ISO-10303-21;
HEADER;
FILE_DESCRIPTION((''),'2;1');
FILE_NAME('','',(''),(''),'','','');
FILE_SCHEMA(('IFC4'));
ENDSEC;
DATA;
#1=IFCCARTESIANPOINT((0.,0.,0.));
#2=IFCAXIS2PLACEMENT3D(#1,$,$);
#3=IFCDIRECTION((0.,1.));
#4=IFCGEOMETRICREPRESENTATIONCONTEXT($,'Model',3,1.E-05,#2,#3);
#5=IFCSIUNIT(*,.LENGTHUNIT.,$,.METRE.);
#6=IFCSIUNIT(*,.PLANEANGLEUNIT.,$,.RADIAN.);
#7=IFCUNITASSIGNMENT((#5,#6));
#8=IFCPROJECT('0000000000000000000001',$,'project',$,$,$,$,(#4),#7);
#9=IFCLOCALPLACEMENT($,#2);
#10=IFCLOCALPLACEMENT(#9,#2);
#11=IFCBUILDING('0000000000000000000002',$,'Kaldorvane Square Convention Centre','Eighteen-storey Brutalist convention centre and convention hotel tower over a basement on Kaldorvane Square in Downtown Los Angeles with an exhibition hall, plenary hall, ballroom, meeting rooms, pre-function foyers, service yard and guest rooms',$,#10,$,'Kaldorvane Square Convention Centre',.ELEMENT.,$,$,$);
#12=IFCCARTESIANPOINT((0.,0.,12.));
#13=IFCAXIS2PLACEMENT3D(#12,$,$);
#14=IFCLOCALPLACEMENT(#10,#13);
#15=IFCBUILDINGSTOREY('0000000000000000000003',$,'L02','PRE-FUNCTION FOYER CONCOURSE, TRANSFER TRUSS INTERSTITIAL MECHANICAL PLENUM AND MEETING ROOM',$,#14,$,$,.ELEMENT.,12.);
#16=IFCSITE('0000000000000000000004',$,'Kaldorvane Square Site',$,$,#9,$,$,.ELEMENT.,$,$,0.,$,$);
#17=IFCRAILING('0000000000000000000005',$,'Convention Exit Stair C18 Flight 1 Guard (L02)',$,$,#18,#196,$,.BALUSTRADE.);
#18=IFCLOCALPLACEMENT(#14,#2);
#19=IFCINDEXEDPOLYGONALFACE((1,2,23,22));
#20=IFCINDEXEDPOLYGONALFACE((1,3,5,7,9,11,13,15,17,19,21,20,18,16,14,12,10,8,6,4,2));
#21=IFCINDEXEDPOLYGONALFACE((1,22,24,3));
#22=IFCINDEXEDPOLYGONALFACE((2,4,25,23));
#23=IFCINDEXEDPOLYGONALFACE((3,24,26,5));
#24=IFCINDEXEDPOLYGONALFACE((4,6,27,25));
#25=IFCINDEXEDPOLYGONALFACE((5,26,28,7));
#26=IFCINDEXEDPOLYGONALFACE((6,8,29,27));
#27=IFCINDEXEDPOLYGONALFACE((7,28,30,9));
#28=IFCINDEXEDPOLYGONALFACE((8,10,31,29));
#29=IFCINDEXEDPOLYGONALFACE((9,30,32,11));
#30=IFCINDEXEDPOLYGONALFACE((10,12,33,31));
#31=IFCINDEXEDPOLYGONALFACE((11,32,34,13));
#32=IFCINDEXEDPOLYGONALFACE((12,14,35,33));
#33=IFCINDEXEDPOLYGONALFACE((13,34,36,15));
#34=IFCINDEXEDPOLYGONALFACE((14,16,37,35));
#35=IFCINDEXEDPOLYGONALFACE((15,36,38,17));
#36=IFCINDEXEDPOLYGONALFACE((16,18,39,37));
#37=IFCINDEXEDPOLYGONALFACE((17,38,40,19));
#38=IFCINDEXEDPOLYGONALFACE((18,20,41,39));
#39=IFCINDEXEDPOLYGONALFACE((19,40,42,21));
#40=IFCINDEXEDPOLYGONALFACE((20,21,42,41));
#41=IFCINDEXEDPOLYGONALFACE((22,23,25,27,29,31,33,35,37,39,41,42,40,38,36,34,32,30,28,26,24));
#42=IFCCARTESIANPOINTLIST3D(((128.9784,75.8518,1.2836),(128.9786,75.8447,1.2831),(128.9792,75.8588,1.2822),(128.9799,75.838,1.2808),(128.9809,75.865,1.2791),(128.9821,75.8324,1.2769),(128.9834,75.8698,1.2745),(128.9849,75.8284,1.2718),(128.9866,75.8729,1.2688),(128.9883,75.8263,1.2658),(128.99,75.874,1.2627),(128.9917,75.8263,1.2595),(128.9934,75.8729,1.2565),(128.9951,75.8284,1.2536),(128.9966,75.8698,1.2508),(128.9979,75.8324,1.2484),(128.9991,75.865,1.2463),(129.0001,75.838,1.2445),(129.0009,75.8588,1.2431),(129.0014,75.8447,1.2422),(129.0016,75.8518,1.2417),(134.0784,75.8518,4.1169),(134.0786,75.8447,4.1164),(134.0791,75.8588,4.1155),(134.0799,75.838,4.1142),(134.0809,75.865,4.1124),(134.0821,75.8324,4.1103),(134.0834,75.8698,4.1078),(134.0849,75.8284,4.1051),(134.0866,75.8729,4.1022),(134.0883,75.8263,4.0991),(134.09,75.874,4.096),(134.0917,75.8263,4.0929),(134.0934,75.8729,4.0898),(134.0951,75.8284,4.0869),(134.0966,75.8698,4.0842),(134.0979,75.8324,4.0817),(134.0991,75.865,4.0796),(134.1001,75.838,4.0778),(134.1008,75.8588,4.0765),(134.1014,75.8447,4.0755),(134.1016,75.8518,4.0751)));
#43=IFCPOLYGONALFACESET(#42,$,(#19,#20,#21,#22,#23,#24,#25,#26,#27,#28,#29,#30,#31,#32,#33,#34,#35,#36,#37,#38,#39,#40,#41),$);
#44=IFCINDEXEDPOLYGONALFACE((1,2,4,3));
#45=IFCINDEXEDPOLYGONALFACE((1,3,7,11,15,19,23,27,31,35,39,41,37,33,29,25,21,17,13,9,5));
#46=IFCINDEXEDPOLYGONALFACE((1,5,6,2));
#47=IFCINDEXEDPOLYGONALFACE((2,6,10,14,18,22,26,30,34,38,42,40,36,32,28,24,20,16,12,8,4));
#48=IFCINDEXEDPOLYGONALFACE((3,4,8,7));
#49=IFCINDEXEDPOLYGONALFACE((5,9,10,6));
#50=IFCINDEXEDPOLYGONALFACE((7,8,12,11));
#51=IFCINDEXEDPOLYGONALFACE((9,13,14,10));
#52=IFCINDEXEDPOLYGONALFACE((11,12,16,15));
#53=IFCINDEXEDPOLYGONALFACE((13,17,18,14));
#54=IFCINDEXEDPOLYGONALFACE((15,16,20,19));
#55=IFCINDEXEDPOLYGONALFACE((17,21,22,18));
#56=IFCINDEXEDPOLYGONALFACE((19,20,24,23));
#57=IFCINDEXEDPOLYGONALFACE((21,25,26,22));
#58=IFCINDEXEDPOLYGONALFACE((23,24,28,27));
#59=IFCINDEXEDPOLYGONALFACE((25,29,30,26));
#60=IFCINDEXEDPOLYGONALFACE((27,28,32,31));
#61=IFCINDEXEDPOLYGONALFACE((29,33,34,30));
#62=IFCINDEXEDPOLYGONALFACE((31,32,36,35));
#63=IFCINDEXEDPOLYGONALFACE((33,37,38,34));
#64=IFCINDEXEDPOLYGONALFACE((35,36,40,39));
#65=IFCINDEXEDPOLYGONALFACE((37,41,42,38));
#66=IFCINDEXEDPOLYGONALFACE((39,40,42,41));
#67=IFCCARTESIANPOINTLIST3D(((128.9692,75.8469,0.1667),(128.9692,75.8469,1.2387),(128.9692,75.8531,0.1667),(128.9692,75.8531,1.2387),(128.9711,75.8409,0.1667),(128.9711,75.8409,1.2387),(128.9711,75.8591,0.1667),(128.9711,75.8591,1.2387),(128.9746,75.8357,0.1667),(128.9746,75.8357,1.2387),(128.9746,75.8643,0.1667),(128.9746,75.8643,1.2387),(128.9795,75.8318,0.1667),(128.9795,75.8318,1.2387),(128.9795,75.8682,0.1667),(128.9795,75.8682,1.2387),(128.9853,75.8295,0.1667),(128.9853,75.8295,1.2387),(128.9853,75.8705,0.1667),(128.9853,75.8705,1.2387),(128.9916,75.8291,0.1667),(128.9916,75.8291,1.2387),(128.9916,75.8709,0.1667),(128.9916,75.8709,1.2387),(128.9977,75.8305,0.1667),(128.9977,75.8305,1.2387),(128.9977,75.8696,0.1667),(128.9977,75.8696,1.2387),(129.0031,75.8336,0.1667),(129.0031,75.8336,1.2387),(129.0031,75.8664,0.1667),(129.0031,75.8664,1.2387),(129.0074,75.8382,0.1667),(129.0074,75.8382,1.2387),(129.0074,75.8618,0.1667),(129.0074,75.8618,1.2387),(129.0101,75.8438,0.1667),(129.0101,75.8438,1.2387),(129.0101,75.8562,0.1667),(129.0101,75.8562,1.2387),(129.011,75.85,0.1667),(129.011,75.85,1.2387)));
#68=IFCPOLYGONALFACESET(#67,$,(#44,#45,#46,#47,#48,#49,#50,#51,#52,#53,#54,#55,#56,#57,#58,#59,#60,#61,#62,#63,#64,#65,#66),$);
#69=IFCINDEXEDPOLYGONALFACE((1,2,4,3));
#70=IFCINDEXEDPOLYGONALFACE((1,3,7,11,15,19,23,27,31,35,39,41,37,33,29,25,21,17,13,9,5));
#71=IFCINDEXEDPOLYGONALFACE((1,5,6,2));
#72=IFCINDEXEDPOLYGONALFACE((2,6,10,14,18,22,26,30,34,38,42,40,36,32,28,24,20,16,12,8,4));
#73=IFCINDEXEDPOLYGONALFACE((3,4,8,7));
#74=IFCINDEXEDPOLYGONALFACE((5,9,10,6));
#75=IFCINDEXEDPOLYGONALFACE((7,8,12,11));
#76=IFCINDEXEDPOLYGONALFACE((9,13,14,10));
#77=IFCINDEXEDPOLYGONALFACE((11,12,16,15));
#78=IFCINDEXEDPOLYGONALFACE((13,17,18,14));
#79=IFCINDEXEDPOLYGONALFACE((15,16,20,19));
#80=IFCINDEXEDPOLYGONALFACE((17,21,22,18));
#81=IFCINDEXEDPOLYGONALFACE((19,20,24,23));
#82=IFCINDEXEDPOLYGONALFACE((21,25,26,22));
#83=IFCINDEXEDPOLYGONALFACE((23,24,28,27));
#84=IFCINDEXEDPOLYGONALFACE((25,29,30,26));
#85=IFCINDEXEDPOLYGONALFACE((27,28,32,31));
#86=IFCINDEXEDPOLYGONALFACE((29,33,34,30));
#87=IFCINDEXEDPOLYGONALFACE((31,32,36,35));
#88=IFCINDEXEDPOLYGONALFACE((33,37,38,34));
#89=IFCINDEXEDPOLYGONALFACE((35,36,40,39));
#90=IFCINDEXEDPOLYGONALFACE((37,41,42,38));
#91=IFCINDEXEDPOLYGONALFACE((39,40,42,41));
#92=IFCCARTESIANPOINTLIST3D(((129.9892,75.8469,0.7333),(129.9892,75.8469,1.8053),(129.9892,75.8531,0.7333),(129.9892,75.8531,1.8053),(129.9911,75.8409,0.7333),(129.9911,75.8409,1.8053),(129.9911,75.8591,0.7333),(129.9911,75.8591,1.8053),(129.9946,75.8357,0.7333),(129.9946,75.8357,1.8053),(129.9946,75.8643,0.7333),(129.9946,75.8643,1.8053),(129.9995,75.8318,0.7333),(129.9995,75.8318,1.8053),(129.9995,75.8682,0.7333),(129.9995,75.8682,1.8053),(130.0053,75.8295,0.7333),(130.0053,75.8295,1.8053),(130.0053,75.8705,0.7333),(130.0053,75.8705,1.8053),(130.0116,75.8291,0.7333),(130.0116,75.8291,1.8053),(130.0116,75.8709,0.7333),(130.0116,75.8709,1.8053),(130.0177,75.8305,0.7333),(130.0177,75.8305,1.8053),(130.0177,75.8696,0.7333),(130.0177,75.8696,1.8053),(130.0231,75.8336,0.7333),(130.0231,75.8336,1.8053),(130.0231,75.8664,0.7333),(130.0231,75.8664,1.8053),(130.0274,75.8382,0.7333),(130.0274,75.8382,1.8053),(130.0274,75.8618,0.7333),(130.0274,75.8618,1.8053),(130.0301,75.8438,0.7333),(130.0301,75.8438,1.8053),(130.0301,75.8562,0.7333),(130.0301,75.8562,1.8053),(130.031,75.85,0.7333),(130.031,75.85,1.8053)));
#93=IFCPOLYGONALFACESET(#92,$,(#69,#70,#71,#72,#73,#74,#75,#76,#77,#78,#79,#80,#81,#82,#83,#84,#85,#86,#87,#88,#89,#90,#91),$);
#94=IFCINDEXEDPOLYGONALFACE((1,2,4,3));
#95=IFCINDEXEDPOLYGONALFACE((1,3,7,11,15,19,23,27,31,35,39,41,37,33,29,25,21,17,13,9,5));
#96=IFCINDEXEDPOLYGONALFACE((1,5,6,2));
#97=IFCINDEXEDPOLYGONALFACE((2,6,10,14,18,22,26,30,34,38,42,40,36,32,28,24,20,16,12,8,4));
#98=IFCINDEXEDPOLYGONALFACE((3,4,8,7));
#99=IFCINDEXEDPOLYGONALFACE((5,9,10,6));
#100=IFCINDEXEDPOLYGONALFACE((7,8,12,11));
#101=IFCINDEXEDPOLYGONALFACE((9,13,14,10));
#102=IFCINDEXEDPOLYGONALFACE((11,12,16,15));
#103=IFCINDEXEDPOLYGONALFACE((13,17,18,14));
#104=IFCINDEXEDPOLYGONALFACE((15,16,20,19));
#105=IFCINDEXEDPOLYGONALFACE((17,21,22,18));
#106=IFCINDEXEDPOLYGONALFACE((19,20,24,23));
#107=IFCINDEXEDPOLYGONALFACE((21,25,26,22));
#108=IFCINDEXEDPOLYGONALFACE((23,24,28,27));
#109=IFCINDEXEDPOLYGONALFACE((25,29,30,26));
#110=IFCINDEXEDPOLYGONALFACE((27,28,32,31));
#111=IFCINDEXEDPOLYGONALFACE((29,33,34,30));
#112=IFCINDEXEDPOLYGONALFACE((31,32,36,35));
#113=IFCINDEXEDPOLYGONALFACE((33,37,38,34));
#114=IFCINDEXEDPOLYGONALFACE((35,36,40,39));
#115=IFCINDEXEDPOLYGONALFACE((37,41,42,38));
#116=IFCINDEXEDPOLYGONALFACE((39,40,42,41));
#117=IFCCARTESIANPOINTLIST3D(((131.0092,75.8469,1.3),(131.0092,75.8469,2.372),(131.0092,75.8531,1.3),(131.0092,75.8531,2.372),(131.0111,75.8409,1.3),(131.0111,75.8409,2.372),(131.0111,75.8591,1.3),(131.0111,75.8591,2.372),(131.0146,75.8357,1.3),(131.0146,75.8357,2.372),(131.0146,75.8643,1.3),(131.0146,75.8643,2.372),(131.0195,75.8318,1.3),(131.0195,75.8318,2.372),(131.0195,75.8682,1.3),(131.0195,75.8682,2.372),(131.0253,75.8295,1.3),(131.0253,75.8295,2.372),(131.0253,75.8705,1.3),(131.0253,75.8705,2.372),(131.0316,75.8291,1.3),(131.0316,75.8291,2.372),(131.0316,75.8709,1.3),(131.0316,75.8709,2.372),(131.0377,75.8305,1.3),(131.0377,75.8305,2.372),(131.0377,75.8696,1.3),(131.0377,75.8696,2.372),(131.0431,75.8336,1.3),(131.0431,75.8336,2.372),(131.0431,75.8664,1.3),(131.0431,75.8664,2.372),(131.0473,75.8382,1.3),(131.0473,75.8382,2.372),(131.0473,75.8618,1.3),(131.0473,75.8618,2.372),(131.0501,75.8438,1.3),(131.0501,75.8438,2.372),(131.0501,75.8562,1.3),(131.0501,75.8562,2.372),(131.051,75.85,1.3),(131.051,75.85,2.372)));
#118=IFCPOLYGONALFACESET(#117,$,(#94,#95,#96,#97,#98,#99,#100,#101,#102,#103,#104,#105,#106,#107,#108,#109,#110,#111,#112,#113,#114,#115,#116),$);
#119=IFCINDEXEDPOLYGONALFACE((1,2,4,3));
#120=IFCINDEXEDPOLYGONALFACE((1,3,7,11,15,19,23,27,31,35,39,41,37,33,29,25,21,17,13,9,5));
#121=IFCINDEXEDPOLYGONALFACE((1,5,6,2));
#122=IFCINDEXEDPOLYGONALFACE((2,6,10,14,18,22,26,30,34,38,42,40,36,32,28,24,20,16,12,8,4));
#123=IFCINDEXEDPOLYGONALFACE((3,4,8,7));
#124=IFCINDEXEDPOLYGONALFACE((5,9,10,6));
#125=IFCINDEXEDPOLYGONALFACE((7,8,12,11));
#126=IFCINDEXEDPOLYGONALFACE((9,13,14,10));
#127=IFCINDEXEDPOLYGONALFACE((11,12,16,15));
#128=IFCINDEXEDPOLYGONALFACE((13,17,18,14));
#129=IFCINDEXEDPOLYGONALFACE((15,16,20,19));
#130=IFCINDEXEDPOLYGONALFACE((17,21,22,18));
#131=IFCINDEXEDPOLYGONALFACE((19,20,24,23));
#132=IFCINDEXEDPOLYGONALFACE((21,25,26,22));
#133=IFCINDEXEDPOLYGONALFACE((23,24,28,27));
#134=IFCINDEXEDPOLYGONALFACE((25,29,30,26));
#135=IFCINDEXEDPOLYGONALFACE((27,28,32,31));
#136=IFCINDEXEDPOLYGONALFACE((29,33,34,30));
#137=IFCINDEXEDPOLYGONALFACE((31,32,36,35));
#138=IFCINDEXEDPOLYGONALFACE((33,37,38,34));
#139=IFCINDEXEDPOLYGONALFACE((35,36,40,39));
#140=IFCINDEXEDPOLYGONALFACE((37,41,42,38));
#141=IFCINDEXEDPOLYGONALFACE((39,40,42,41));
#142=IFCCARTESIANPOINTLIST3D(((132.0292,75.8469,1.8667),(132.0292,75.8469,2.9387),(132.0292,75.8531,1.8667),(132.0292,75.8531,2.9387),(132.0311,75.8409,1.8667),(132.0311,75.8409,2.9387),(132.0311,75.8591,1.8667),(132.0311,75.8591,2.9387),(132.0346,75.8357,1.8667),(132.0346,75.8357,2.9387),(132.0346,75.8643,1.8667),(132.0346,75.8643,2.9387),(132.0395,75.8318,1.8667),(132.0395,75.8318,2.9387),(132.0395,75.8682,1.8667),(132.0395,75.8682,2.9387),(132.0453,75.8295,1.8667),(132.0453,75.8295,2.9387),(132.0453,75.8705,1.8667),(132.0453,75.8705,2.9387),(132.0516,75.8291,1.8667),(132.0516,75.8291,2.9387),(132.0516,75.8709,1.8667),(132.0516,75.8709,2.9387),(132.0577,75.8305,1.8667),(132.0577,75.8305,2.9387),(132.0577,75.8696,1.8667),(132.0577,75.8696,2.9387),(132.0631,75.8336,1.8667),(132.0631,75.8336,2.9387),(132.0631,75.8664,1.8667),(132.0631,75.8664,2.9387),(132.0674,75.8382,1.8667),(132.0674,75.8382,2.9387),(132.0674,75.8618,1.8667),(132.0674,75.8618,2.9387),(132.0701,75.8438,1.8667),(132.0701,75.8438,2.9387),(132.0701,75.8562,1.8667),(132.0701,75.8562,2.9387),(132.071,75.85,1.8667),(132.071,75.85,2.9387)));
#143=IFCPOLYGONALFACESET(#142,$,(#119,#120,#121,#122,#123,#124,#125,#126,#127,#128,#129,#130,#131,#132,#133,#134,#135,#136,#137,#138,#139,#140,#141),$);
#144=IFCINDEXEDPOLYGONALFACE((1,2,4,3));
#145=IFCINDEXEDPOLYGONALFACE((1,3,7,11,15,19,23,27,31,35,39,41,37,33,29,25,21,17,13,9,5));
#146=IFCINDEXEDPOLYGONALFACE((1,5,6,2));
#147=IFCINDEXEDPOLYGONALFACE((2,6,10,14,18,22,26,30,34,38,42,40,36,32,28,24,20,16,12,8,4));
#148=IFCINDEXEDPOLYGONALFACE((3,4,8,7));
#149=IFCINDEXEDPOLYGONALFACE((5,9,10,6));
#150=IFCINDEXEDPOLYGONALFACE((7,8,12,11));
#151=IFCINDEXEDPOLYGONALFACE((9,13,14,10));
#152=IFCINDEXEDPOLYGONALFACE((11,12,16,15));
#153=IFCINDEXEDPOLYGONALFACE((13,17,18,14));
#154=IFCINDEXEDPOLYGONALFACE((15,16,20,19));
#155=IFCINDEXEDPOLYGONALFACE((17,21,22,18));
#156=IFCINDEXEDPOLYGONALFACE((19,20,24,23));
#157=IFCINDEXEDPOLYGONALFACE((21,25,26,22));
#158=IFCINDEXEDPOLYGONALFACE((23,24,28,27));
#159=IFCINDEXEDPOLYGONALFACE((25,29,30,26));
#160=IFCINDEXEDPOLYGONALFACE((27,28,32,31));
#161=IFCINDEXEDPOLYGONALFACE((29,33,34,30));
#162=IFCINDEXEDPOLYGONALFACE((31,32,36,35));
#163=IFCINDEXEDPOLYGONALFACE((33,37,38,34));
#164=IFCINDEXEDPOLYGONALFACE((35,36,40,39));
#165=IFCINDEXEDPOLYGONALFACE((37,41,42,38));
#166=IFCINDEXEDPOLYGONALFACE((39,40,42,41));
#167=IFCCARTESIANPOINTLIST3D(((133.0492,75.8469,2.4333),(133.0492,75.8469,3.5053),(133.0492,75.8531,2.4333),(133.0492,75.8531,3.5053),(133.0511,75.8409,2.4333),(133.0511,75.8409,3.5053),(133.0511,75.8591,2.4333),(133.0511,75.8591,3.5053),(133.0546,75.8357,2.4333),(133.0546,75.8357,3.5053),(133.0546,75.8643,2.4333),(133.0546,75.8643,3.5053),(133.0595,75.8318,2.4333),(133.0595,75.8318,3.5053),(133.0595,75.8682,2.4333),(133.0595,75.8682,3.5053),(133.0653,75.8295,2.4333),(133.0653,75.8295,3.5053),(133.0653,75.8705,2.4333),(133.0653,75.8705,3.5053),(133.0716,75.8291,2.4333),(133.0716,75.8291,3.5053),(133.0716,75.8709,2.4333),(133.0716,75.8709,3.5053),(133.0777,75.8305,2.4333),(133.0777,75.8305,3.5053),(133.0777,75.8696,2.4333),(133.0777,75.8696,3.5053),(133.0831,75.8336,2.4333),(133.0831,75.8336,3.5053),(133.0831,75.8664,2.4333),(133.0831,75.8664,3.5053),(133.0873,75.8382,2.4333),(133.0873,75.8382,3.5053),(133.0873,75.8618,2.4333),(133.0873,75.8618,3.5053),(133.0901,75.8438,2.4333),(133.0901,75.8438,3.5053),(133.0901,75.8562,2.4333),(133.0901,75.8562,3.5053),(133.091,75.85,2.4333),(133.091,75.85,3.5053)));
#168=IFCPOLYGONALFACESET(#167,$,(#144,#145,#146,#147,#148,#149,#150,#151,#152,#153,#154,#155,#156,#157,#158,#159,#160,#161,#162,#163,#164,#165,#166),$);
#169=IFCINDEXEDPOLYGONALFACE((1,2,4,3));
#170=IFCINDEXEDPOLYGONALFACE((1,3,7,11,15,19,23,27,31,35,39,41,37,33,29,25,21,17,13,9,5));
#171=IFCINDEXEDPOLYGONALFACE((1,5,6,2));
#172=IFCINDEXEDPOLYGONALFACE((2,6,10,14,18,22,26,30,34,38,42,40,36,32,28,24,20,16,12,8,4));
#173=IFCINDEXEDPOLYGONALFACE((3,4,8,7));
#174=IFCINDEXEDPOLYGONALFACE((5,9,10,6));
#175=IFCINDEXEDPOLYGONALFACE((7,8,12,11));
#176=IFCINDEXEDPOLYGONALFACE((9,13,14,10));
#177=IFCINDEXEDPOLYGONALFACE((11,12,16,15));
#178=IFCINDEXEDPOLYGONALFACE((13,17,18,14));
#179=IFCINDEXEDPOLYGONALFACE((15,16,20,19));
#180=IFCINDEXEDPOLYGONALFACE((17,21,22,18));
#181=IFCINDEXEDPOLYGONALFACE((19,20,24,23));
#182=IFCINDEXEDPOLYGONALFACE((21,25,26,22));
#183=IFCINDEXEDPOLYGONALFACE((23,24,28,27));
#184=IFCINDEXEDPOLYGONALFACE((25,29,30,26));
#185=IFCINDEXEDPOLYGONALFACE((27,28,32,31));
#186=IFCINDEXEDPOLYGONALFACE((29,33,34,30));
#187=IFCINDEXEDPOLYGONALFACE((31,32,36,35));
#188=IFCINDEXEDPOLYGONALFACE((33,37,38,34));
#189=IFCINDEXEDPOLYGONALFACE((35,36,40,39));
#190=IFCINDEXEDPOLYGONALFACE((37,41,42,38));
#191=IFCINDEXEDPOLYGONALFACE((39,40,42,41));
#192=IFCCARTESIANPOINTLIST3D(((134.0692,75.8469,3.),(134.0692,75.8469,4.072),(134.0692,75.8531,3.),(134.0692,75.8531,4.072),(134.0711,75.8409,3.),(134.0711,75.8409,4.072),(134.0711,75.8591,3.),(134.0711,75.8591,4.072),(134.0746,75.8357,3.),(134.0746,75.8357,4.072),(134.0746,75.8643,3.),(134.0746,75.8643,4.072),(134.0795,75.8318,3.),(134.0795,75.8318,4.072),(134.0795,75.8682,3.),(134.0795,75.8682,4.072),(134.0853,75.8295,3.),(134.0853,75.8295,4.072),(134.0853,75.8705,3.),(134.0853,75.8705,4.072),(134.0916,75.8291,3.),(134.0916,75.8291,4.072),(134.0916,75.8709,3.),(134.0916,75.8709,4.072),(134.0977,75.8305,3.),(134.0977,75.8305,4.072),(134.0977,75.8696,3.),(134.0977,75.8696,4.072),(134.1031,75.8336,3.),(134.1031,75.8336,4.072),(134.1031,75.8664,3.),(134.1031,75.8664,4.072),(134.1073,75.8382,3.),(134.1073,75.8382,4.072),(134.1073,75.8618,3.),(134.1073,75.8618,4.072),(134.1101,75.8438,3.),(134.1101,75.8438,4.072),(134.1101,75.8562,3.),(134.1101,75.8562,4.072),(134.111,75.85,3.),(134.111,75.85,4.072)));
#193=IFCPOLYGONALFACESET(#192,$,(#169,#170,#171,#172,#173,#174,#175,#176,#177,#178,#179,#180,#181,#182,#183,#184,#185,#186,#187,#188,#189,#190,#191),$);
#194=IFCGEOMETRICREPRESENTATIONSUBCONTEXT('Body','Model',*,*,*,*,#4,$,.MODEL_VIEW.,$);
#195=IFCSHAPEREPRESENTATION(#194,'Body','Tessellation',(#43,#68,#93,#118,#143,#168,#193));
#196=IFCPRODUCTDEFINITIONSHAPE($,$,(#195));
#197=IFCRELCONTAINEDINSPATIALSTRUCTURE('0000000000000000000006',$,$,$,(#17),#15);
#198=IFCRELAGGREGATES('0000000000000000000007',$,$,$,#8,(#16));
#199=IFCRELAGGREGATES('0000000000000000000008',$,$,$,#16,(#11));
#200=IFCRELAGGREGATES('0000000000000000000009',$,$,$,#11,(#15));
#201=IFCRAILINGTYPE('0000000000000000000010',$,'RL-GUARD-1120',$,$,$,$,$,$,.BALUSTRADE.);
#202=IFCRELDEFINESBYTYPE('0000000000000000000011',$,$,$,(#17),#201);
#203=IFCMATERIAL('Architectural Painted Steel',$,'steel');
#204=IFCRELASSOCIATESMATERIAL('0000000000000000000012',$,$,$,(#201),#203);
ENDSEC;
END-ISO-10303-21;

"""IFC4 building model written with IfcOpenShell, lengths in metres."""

from ifc_helpers import new_model, si_unit, direction, frame, origin, origin_2d, place, context, subcontext, project, spatial, circle, extrude, material, type_object, element, save


model = new_model("IFC4")

# Units and contexts
model_context = context("Model", 3, precision=1e-05, world=origin(), true_north=direction((0.0, 1.0)))
body_context = subcontext(model_context, "Body", "Model", "MODEL_VIEW")
ifc_project = project(units=[si_unit("LENGTHUNIT", "METRE"), si_unit("PLANEANGLEUNIT", "RADIAN")], contexts=[model_context])

# Site, building, storey
site_placement = place(None, origin())
site = spatial("IfcSite", under=ifc_project, at=site_placement, Name="Kaldorvane Square Site", CompositionType="ELEMENT", RefElevation=0.0)
building_placement = place(site_placement, origin())
building = spatial("IfcBuilding", under=site, at=building_placement, Name="Kaldorvane Square Convention Centre", Description="Eighteen-storey Brutalist convention centre and convention hotel tower over a basement on Kaldorvane Square in Downtown Los Angeles with an exhibition hall, plenary hall, ballroom, meeting rooms, pre-function foyers, service yard and guest rooms", LongName="Kaldorvane Square Convention Centre", CompositionType="ELEMENT")
storey_placement = place(building_placement, frame((0.0, 0.0, 12.0)))
storey = spatial("IfcBuildingStorey", under=building, at=storey_placement, Name="L02", Description="PRE-FUNCTION FOYER CONCOURSE, TRANSFER TRUSS INTERSTITIAL MECHANICAL PLENUM AND MEETING ROOM", CompositionType="ELEMENT", Elevation=12.0)

# Railing
ifc_material_1 = material(Name="Architectural Painted Steel", Category="steel")
railing_type_1 = type_object("IfcRailingType", Name="RL-GUARD-1120", PredefinedType="BALUSTRADE", material=ifc_material_1)
railing_1_placement = place(storey_placement, frame((128.99, 75.85, 0.1667)))
element("IfcRailing", 1, at=railing_1_placement, inside=storey, type_object=railing_type_1, Name="Convention Exit Stair C18 Flight 1 Guard (L02)", PredefinedType="BALUSTRADE", context=body_context, shape_type="SweptSolid", body=[
    extrude(circle(Radius=0.024, at=origin_2d()), frame((0.0, 0.0, 1.096), z_axis=(0.874157, 0.0, 0.485643), x_axis=(0.0, 1.0, 0.0)), (0.0, 0.0, 1.0), 5.8342),
    extrude(circle(Radius=0.021, at=origin_2d()), origin(), (0.0, 0.0, 1.0), 1.072),
    extrude(circle(Radius=0.021, at=origin_2d()), frame((1.02, 0.0, 0.5667)), (0.0, 0.0, 1.0), 1.072),
    extrude(circle(Radius=0.021, at=origin_2d()), frame((2.04, 0.0, 1.1333)), (0.0, 0.0, 1.0), 1.072),
    extrude(circle(Radius=0.021, at=origin_2d()), frame((3.06, 0.0, 1.7)), (0.0, 0.0, 1.0), 1.072),
    extrude(circle(Radius=0.021, at=origin_2d()), frame((4.08, 0.0, 2.2667)), (0.0, 0.0, 1.0), 1.072),
    extrude(circle(Radius=0.021, at=origin_2d()), frame((5.1, 0.0, 2.8333)), (0.0, 0.0, 1.0), 1.072),
])

save(model, "model.ifc")
